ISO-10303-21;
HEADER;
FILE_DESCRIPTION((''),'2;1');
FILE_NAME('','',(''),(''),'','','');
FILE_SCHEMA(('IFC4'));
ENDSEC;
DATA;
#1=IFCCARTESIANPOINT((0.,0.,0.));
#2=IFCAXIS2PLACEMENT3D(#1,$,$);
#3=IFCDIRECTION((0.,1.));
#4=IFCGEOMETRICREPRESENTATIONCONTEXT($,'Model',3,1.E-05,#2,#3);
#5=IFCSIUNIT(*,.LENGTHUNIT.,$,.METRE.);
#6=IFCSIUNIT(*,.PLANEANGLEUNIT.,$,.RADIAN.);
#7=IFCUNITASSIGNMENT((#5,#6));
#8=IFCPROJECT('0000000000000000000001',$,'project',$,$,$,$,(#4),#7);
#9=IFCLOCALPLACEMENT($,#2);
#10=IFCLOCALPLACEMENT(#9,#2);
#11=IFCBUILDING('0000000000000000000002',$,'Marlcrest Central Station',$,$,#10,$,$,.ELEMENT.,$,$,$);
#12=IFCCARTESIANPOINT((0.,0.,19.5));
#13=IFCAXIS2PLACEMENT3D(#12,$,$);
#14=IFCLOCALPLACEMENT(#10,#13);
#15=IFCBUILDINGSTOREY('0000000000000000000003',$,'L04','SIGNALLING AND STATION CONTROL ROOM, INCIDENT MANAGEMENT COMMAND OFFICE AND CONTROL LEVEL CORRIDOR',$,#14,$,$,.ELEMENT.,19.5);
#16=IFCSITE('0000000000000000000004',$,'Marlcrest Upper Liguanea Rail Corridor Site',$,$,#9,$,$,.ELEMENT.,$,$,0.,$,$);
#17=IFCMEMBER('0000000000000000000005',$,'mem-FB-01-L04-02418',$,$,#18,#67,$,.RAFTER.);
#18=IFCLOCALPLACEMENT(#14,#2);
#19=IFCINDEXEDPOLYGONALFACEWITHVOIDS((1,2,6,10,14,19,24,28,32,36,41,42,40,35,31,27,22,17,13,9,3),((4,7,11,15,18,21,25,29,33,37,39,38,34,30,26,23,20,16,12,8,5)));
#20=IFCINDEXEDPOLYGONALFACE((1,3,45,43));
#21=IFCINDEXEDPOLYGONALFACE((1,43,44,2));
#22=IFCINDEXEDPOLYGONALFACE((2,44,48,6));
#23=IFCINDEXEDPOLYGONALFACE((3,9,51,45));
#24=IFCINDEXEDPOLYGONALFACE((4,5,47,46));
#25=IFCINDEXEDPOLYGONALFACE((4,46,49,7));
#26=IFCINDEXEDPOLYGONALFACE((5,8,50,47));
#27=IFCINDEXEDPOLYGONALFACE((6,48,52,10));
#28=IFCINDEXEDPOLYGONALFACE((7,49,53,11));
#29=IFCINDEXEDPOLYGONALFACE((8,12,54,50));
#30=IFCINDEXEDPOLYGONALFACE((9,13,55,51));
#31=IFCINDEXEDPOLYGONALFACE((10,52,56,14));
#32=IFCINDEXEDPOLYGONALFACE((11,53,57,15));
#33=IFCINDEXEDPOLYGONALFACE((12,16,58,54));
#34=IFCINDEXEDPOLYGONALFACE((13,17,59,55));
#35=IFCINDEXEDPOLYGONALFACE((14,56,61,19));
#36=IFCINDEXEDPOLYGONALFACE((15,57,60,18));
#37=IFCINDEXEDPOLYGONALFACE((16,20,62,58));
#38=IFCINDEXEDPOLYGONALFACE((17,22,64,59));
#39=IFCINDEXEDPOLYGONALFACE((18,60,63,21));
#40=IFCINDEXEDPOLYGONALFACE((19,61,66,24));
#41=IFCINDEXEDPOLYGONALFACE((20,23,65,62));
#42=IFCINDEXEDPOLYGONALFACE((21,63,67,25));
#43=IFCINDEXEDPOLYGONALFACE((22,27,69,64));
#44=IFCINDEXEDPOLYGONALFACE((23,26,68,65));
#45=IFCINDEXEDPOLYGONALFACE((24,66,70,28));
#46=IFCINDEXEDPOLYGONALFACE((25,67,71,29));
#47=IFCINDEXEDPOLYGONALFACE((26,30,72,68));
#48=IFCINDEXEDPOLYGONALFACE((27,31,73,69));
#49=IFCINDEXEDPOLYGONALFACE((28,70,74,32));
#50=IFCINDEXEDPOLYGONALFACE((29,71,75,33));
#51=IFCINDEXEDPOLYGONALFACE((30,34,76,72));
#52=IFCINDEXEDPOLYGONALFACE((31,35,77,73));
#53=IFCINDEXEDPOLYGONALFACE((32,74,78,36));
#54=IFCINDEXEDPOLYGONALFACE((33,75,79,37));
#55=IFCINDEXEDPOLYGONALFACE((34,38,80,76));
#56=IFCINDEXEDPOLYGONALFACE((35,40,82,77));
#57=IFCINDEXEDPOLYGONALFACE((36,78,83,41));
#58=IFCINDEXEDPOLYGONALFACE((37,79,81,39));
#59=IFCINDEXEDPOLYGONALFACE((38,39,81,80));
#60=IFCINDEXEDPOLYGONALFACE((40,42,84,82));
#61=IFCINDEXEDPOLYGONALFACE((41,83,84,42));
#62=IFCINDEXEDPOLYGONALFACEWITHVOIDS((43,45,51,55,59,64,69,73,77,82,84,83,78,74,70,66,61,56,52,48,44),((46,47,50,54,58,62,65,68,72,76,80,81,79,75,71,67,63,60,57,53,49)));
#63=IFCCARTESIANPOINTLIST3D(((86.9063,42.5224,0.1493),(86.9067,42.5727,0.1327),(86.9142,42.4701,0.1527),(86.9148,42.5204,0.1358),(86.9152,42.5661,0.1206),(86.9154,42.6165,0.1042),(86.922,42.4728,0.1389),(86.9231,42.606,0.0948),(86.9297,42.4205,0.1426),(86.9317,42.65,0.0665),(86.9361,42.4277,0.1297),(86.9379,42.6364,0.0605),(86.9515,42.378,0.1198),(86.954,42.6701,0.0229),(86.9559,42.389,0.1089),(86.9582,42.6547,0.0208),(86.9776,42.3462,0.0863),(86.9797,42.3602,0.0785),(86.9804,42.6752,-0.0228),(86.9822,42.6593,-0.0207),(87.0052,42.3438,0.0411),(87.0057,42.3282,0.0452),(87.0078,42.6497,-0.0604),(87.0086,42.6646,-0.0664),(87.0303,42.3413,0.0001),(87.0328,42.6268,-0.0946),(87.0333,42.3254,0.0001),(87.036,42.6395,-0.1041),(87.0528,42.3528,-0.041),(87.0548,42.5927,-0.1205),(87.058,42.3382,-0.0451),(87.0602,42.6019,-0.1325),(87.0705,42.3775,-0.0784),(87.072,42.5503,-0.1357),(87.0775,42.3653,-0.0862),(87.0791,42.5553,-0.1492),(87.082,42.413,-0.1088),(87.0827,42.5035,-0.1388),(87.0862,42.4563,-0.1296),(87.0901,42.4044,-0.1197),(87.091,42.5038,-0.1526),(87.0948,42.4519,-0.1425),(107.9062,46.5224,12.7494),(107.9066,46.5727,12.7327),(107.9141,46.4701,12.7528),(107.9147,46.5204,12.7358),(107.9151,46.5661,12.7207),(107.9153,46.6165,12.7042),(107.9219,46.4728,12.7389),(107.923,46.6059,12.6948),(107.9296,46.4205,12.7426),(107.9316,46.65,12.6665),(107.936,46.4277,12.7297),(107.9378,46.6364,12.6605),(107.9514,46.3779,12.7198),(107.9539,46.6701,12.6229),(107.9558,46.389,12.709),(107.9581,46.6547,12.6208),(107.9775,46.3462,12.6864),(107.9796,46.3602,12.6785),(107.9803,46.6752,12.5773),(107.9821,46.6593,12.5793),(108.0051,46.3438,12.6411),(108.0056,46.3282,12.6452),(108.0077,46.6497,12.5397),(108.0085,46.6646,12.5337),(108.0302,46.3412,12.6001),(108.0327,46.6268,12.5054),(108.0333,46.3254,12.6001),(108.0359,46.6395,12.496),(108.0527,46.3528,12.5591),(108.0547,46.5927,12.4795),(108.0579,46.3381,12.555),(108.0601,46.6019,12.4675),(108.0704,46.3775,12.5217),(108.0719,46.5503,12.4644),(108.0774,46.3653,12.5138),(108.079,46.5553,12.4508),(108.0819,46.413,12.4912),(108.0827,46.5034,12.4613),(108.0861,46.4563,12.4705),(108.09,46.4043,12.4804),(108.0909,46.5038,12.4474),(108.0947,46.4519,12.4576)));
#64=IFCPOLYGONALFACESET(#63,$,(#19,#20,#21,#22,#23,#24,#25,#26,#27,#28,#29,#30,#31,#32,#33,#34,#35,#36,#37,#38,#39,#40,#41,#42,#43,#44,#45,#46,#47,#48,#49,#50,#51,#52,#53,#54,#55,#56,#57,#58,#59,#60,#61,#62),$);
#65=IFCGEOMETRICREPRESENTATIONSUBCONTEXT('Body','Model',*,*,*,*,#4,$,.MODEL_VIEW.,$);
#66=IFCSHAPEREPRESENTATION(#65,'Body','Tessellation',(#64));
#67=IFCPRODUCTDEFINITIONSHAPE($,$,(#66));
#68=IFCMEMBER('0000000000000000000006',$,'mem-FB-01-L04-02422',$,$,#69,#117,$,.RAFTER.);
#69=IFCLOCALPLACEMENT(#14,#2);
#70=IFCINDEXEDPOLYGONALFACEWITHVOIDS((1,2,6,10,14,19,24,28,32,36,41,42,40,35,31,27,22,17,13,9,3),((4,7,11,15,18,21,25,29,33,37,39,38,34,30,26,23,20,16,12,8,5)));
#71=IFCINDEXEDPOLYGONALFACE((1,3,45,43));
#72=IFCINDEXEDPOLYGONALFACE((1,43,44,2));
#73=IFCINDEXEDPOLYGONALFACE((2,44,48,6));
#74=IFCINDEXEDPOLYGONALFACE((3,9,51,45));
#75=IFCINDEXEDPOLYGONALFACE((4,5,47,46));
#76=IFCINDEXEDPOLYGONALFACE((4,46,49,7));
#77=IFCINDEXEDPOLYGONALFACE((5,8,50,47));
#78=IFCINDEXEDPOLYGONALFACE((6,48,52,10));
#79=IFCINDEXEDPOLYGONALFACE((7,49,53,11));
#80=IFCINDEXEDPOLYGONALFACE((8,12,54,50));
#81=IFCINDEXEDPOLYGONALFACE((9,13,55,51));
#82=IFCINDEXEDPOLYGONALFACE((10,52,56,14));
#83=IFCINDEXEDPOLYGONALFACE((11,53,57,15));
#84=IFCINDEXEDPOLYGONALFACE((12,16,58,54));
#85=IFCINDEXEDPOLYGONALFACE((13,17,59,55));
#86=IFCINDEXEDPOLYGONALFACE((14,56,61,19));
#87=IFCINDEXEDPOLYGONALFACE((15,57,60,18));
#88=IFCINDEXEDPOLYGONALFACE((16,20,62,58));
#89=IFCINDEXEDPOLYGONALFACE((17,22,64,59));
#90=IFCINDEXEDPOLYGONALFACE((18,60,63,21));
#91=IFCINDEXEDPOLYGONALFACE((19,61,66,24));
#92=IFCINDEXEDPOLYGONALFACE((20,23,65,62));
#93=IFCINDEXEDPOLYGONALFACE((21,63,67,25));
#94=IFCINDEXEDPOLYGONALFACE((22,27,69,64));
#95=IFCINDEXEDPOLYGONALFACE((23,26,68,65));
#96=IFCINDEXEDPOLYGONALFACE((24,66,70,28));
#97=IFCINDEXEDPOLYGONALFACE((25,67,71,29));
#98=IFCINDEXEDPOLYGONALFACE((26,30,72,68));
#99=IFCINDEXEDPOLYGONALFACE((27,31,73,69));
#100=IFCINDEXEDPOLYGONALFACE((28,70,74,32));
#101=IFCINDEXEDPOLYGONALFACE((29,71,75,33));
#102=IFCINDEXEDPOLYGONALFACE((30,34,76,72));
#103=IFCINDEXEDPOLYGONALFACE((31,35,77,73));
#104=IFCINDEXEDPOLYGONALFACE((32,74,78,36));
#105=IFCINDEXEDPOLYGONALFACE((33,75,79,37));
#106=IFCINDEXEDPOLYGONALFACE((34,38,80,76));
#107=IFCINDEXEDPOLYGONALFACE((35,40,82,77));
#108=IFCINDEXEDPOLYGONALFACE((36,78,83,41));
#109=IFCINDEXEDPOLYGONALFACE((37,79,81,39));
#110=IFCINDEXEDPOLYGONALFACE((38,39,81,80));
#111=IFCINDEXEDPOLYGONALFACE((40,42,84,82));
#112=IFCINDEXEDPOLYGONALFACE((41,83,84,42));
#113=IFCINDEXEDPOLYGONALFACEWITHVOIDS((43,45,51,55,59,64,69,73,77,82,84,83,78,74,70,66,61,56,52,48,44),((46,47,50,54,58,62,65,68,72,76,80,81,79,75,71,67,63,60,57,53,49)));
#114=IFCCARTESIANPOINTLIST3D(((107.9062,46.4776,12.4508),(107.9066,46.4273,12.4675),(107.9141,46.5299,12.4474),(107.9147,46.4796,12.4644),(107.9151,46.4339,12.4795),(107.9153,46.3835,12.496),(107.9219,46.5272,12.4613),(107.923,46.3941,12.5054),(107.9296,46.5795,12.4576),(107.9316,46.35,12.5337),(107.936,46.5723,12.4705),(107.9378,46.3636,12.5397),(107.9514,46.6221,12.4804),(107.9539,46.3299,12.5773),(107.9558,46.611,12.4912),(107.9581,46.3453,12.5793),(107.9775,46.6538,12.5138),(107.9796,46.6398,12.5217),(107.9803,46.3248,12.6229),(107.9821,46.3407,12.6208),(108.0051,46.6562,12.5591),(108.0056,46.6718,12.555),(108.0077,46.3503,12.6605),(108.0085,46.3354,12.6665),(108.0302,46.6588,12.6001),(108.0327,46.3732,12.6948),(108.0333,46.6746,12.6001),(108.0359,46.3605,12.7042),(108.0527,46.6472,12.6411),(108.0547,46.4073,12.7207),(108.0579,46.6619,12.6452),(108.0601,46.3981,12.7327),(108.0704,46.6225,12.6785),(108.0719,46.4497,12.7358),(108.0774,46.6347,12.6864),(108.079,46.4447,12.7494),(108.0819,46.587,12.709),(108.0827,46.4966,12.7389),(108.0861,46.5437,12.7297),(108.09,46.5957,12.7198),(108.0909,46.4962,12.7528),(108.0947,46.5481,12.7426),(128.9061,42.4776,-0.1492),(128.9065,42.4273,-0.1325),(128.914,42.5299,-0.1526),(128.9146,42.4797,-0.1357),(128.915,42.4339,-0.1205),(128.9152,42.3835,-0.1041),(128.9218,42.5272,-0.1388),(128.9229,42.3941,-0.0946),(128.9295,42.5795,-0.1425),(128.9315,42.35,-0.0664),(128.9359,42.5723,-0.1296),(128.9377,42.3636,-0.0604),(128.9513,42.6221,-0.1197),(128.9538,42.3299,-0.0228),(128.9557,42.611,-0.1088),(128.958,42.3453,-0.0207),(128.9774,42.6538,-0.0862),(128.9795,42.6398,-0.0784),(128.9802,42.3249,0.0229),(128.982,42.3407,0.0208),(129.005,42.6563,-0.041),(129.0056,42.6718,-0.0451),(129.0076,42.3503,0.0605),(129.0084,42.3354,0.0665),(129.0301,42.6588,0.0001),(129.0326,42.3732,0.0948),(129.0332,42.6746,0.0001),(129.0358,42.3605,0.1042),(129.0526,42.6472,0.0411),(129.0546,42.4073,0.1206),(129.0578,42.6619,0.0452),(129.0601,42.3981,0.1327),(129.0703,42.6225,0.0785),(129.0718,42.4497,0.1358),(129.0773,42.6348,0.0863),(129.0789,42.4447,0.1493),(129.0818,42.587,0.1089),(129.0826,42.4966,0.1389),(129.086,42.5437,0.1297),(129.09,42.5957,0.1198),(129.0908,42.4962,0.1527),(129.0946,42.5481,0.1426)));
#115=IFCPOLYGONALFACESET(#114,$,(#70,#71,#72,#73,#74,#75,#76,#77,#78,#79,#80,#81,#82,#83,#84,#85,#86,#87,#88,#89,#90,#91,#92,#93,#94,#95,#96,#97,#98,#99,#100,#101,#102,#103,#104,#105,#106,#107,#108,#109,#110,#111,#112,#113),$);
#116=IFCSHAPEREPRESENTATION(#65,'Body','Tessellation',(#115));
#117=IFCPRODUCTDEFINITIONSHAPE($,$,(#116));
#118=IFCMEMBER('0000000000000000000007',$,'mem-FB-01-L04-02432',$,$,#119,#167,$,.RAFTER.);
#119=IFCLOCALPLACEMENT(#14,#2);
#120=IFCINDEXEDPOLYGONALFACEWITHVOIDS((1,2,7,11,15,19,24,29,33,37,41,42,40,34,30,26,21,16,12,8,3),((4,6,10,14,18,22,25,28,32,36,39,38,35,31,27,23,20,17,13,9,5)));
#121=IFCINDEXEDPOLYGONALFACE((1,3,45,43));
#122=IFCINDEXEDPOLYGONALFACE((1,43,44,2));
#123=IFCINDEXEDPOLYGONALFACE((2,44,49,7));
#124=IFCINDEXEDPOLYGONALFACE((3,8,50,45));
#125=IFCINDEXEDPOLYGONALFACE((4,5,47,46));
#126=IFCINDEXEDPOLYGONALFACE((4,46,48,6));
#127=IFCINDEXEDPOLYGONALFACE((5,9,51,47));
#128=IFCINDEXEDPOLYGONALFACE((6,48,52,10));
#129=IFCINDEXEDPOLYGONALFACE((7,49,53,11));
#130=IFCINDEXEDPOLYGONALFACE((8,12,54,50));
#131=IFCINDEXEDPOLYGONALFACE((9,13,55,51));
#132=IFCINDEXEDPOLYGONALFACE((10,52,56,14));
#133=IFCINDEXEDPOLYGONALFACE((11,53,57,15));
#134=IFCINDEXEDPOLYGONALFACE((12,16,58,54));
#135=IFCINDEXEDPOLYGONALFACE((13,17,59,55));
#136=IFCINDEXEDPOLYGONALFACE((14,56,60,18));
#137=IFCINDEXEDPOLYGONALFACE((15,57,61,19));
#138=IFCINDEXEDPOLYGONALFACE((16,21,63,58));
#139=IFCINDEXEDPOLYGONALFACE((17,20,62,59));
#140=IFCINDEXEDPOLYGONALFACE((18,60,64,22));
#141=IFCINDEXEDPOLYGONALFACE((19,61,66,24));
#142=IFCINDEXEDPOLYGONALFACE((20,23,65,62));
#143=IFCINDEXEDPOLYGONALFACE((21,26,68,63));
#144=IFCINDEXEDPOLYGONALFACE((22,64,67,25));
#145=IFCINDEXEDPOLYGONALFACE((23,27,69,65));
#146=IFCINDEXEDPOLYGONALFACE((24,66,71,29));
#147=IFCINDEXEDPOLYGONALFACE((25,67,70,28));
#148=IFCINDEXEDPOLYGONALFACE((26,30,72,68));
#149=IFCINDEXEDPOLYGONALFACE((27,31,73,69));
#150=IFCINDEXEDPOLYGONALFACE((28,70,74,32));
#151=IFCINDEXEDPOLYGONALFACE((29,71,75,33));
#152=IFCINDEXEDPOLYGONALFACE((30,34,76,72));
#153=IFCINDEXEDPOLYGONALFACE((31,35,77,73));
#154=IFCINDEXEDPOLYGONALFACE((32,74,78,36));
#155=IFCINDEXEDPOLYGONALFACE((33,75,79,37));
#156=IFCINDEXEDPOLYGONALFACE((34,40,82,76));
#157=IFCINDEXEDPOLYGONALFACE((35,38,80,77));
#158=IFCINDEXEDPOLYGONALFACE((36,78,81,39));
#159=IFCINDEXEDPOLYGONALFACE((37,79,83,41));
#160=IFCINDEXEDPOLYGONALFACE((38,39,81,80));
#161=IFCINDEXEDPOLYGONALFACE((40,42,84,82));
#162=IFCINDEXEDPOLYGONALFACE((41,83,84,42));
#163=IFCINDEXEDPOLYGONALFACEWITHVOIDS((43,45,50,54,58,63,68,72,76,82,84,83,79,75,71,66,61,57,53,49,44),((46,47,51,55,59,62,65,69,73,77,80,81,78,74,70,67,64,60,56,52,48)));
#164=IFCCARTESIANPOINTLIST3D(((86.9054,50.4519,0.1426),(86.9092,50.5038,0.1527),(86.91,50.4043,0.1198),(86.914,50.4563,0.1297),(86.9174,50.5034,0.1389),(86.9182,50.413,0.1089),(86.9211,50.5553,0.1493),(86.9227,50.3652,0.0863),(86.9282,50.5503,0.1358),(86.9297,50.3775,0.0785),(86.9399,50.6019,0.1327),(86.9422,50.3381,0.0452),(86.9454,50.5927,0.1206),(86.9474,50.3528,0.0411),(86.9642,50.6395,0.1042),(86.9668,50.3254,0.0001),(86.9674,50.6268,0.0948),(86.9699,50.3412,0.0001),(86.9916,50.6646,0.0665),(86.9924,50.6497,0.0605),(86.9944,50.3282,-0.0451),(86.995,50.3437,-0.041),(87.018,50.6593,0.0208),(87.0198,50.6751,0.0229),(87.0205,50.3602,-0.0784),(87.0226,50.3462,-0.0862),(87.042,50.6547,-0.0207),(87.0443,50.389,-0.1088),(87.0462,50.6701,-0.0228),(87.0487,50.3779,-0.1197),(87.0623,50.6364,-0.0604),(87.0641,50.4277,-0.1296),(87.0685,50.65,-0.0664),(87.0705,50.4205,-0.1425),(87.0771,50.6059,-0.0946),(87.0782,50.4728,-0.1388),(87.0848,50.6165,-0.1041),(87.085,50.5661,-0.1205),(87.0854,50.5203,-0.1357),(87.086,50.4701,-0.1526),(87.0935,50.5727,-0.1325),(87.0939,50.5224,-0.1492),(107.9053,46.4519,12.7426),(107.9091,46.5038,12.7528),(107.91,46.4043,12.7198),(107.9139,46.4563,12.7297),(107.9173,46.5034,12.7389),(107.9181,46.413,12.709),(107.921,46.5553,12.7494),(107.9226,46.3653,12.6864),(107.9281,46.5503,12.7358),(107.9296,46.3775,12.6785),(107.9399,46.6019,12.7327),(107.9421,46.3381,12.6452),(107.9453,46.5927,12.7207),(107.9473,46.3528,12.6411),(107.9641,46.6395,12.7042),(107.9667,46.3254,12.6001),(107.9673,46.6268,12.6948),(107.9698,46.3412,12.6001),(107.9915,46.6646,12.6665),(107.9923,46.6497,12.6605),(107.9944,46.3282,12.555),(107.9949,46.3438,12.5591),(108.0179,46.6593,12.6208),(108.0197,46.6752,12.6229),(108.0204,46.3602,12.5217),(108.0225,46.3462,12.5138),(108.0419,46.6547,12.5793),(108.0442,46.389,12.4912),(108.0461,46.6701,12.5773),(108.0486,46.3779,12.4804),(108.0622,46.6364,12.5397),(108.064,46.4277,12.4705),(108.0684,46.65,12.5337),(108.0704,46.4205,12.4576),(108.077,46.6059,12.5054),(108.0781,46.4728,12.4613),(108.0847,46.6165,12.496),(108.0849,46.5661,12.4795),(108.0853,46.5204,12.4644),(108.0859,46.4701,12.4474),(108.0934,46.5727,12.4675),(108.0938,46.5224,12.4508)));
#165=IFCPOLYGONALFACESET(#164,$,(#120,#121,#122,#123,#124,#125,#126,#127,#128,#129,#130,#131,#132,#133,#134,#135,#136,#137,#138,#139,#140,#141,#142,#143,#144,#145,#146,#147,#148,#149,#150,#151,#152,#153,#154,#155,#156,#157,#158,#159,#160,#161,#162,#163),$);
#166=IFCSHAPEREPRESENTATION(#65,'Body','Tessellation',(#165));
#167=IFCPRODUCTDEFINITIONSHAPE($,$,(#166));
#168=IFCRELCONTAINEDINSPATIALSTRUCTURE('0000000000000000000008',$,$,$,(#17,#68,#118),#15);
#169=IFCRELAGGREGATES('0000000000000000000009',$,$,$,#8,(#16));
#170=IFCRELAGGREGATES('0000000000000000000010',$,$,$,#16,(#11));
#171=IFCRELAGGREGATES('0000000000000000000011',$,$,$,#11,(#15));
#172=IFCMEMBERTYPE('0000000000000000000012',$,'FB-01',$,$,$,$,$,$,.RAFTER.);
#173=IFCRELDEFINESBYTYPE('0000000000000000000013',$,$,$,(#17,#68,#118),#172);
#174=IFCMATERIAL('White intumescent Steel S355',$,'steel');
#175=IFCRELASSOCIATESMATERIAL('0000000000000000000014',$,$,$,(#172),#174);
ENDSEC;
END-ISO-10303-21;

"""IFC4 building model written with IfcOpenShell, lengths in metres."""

from ifc_helpers import new_model, si_unit, direction, frame, origin, origin_2d, place, context, subcontext, project, spatial, hollow_circle, extrude, material, material_profile, profile_set, type_object, element, save


model = new_model("IFC4")

# Units and contexts
model_context = context("Model", 3, precision=1e-05, world=origin(), true_north=direction((0.0, 1.0)))
body_context = subcontext(model_context, "Body", "Model", "MODEL_VIEW")
ifc_project = project(units=[si_unit("LENGTHUNIT", "METRE"), si_unit("PLANEANGLEUNIT", "RADIAN")], contexts=[model_context])

# Site, building, storey
site_placement = place(None, origin())
site = spatial("IfcSite", under=ifc_project, at=site_placement, Name="Marlcrest Upper Liguanea Rail Corridor Site", CompositionType="ELEMENT", RefElevation=0.0)
building_placement = place(site_placement, origin())
building = spatial("IfcBuilding", under=site, at=building_placement, Name="Marlcrest Central Station", CompositionType="ELEMENT")
storey_placement = place(building_placement, frame((0.0, 0.0, 19.5)))
storey = spatial("IfcBuildingStorey", under=building, at=storey_placement, Name="L04", Description="SIGNALLING AND STATION CONTROL ROOM, INCIDENT MANAGEMENT COMMAND OFFICE AND CONTROL LEVEL CORRIDOR", CompositionType="ELEMENT", Elevation=19.5)

# Members
ifc_material_1 = material(Name="White intumescent Steel S355", Category="steel")
ifc_material_profile_1 = material_profile(ifc_material_1, hollow_circle(Radius=0.1777, WallThickness=0.0161, at=origin_2d()), Name="CHS 355.6x16")
ifc_profile_set_1 = profile_set([ifc_material_profile_1], Name="White intumescent Steel S355")
member_type_1 = type_object("IfcMemberType", Name="FB-01", PredefinedType="RAFTER", material=ifc_profile_set_1)
for number, where, z_axis, x_axis, name in (
    (1, (108.0, 46.5, 12.6001), (-0.846277, -0.161196, -0.50777), (0.187112, -0.982339, 0.0), "mem-FB-01-L04-02418"),
    (2, (108.0, 46.5, 12.6001), (0.846277, -0.161196, -0.50777), (0.187112, 0.982339, 0.0), "mem-FB-01-L04-02422"),
    (3, (108.0, 46.5, 12.6001), (-0.846277, 0.161196, -0.50777), (-0.187112, -0.982339, 0.0), "mem-FB-01-L04-02432"),
):
    element("IfcMember", number, at=place(storey_placement, frame(where, z_axis=z_axis, x_axis=x_axis)), inside=storey, type_object=member_type_1, Name=name, PredefinedType="RAFTER", context=body_context, shape_type="SweptSolid", body=[
        extrude(hollow_circle(Radius=0.1777, WallThickness=0.0161, at=origin_2d()), origin(), (0.0, 0.0, 1.0), 24.8145),
    ])

save(model, "model.ifc")
